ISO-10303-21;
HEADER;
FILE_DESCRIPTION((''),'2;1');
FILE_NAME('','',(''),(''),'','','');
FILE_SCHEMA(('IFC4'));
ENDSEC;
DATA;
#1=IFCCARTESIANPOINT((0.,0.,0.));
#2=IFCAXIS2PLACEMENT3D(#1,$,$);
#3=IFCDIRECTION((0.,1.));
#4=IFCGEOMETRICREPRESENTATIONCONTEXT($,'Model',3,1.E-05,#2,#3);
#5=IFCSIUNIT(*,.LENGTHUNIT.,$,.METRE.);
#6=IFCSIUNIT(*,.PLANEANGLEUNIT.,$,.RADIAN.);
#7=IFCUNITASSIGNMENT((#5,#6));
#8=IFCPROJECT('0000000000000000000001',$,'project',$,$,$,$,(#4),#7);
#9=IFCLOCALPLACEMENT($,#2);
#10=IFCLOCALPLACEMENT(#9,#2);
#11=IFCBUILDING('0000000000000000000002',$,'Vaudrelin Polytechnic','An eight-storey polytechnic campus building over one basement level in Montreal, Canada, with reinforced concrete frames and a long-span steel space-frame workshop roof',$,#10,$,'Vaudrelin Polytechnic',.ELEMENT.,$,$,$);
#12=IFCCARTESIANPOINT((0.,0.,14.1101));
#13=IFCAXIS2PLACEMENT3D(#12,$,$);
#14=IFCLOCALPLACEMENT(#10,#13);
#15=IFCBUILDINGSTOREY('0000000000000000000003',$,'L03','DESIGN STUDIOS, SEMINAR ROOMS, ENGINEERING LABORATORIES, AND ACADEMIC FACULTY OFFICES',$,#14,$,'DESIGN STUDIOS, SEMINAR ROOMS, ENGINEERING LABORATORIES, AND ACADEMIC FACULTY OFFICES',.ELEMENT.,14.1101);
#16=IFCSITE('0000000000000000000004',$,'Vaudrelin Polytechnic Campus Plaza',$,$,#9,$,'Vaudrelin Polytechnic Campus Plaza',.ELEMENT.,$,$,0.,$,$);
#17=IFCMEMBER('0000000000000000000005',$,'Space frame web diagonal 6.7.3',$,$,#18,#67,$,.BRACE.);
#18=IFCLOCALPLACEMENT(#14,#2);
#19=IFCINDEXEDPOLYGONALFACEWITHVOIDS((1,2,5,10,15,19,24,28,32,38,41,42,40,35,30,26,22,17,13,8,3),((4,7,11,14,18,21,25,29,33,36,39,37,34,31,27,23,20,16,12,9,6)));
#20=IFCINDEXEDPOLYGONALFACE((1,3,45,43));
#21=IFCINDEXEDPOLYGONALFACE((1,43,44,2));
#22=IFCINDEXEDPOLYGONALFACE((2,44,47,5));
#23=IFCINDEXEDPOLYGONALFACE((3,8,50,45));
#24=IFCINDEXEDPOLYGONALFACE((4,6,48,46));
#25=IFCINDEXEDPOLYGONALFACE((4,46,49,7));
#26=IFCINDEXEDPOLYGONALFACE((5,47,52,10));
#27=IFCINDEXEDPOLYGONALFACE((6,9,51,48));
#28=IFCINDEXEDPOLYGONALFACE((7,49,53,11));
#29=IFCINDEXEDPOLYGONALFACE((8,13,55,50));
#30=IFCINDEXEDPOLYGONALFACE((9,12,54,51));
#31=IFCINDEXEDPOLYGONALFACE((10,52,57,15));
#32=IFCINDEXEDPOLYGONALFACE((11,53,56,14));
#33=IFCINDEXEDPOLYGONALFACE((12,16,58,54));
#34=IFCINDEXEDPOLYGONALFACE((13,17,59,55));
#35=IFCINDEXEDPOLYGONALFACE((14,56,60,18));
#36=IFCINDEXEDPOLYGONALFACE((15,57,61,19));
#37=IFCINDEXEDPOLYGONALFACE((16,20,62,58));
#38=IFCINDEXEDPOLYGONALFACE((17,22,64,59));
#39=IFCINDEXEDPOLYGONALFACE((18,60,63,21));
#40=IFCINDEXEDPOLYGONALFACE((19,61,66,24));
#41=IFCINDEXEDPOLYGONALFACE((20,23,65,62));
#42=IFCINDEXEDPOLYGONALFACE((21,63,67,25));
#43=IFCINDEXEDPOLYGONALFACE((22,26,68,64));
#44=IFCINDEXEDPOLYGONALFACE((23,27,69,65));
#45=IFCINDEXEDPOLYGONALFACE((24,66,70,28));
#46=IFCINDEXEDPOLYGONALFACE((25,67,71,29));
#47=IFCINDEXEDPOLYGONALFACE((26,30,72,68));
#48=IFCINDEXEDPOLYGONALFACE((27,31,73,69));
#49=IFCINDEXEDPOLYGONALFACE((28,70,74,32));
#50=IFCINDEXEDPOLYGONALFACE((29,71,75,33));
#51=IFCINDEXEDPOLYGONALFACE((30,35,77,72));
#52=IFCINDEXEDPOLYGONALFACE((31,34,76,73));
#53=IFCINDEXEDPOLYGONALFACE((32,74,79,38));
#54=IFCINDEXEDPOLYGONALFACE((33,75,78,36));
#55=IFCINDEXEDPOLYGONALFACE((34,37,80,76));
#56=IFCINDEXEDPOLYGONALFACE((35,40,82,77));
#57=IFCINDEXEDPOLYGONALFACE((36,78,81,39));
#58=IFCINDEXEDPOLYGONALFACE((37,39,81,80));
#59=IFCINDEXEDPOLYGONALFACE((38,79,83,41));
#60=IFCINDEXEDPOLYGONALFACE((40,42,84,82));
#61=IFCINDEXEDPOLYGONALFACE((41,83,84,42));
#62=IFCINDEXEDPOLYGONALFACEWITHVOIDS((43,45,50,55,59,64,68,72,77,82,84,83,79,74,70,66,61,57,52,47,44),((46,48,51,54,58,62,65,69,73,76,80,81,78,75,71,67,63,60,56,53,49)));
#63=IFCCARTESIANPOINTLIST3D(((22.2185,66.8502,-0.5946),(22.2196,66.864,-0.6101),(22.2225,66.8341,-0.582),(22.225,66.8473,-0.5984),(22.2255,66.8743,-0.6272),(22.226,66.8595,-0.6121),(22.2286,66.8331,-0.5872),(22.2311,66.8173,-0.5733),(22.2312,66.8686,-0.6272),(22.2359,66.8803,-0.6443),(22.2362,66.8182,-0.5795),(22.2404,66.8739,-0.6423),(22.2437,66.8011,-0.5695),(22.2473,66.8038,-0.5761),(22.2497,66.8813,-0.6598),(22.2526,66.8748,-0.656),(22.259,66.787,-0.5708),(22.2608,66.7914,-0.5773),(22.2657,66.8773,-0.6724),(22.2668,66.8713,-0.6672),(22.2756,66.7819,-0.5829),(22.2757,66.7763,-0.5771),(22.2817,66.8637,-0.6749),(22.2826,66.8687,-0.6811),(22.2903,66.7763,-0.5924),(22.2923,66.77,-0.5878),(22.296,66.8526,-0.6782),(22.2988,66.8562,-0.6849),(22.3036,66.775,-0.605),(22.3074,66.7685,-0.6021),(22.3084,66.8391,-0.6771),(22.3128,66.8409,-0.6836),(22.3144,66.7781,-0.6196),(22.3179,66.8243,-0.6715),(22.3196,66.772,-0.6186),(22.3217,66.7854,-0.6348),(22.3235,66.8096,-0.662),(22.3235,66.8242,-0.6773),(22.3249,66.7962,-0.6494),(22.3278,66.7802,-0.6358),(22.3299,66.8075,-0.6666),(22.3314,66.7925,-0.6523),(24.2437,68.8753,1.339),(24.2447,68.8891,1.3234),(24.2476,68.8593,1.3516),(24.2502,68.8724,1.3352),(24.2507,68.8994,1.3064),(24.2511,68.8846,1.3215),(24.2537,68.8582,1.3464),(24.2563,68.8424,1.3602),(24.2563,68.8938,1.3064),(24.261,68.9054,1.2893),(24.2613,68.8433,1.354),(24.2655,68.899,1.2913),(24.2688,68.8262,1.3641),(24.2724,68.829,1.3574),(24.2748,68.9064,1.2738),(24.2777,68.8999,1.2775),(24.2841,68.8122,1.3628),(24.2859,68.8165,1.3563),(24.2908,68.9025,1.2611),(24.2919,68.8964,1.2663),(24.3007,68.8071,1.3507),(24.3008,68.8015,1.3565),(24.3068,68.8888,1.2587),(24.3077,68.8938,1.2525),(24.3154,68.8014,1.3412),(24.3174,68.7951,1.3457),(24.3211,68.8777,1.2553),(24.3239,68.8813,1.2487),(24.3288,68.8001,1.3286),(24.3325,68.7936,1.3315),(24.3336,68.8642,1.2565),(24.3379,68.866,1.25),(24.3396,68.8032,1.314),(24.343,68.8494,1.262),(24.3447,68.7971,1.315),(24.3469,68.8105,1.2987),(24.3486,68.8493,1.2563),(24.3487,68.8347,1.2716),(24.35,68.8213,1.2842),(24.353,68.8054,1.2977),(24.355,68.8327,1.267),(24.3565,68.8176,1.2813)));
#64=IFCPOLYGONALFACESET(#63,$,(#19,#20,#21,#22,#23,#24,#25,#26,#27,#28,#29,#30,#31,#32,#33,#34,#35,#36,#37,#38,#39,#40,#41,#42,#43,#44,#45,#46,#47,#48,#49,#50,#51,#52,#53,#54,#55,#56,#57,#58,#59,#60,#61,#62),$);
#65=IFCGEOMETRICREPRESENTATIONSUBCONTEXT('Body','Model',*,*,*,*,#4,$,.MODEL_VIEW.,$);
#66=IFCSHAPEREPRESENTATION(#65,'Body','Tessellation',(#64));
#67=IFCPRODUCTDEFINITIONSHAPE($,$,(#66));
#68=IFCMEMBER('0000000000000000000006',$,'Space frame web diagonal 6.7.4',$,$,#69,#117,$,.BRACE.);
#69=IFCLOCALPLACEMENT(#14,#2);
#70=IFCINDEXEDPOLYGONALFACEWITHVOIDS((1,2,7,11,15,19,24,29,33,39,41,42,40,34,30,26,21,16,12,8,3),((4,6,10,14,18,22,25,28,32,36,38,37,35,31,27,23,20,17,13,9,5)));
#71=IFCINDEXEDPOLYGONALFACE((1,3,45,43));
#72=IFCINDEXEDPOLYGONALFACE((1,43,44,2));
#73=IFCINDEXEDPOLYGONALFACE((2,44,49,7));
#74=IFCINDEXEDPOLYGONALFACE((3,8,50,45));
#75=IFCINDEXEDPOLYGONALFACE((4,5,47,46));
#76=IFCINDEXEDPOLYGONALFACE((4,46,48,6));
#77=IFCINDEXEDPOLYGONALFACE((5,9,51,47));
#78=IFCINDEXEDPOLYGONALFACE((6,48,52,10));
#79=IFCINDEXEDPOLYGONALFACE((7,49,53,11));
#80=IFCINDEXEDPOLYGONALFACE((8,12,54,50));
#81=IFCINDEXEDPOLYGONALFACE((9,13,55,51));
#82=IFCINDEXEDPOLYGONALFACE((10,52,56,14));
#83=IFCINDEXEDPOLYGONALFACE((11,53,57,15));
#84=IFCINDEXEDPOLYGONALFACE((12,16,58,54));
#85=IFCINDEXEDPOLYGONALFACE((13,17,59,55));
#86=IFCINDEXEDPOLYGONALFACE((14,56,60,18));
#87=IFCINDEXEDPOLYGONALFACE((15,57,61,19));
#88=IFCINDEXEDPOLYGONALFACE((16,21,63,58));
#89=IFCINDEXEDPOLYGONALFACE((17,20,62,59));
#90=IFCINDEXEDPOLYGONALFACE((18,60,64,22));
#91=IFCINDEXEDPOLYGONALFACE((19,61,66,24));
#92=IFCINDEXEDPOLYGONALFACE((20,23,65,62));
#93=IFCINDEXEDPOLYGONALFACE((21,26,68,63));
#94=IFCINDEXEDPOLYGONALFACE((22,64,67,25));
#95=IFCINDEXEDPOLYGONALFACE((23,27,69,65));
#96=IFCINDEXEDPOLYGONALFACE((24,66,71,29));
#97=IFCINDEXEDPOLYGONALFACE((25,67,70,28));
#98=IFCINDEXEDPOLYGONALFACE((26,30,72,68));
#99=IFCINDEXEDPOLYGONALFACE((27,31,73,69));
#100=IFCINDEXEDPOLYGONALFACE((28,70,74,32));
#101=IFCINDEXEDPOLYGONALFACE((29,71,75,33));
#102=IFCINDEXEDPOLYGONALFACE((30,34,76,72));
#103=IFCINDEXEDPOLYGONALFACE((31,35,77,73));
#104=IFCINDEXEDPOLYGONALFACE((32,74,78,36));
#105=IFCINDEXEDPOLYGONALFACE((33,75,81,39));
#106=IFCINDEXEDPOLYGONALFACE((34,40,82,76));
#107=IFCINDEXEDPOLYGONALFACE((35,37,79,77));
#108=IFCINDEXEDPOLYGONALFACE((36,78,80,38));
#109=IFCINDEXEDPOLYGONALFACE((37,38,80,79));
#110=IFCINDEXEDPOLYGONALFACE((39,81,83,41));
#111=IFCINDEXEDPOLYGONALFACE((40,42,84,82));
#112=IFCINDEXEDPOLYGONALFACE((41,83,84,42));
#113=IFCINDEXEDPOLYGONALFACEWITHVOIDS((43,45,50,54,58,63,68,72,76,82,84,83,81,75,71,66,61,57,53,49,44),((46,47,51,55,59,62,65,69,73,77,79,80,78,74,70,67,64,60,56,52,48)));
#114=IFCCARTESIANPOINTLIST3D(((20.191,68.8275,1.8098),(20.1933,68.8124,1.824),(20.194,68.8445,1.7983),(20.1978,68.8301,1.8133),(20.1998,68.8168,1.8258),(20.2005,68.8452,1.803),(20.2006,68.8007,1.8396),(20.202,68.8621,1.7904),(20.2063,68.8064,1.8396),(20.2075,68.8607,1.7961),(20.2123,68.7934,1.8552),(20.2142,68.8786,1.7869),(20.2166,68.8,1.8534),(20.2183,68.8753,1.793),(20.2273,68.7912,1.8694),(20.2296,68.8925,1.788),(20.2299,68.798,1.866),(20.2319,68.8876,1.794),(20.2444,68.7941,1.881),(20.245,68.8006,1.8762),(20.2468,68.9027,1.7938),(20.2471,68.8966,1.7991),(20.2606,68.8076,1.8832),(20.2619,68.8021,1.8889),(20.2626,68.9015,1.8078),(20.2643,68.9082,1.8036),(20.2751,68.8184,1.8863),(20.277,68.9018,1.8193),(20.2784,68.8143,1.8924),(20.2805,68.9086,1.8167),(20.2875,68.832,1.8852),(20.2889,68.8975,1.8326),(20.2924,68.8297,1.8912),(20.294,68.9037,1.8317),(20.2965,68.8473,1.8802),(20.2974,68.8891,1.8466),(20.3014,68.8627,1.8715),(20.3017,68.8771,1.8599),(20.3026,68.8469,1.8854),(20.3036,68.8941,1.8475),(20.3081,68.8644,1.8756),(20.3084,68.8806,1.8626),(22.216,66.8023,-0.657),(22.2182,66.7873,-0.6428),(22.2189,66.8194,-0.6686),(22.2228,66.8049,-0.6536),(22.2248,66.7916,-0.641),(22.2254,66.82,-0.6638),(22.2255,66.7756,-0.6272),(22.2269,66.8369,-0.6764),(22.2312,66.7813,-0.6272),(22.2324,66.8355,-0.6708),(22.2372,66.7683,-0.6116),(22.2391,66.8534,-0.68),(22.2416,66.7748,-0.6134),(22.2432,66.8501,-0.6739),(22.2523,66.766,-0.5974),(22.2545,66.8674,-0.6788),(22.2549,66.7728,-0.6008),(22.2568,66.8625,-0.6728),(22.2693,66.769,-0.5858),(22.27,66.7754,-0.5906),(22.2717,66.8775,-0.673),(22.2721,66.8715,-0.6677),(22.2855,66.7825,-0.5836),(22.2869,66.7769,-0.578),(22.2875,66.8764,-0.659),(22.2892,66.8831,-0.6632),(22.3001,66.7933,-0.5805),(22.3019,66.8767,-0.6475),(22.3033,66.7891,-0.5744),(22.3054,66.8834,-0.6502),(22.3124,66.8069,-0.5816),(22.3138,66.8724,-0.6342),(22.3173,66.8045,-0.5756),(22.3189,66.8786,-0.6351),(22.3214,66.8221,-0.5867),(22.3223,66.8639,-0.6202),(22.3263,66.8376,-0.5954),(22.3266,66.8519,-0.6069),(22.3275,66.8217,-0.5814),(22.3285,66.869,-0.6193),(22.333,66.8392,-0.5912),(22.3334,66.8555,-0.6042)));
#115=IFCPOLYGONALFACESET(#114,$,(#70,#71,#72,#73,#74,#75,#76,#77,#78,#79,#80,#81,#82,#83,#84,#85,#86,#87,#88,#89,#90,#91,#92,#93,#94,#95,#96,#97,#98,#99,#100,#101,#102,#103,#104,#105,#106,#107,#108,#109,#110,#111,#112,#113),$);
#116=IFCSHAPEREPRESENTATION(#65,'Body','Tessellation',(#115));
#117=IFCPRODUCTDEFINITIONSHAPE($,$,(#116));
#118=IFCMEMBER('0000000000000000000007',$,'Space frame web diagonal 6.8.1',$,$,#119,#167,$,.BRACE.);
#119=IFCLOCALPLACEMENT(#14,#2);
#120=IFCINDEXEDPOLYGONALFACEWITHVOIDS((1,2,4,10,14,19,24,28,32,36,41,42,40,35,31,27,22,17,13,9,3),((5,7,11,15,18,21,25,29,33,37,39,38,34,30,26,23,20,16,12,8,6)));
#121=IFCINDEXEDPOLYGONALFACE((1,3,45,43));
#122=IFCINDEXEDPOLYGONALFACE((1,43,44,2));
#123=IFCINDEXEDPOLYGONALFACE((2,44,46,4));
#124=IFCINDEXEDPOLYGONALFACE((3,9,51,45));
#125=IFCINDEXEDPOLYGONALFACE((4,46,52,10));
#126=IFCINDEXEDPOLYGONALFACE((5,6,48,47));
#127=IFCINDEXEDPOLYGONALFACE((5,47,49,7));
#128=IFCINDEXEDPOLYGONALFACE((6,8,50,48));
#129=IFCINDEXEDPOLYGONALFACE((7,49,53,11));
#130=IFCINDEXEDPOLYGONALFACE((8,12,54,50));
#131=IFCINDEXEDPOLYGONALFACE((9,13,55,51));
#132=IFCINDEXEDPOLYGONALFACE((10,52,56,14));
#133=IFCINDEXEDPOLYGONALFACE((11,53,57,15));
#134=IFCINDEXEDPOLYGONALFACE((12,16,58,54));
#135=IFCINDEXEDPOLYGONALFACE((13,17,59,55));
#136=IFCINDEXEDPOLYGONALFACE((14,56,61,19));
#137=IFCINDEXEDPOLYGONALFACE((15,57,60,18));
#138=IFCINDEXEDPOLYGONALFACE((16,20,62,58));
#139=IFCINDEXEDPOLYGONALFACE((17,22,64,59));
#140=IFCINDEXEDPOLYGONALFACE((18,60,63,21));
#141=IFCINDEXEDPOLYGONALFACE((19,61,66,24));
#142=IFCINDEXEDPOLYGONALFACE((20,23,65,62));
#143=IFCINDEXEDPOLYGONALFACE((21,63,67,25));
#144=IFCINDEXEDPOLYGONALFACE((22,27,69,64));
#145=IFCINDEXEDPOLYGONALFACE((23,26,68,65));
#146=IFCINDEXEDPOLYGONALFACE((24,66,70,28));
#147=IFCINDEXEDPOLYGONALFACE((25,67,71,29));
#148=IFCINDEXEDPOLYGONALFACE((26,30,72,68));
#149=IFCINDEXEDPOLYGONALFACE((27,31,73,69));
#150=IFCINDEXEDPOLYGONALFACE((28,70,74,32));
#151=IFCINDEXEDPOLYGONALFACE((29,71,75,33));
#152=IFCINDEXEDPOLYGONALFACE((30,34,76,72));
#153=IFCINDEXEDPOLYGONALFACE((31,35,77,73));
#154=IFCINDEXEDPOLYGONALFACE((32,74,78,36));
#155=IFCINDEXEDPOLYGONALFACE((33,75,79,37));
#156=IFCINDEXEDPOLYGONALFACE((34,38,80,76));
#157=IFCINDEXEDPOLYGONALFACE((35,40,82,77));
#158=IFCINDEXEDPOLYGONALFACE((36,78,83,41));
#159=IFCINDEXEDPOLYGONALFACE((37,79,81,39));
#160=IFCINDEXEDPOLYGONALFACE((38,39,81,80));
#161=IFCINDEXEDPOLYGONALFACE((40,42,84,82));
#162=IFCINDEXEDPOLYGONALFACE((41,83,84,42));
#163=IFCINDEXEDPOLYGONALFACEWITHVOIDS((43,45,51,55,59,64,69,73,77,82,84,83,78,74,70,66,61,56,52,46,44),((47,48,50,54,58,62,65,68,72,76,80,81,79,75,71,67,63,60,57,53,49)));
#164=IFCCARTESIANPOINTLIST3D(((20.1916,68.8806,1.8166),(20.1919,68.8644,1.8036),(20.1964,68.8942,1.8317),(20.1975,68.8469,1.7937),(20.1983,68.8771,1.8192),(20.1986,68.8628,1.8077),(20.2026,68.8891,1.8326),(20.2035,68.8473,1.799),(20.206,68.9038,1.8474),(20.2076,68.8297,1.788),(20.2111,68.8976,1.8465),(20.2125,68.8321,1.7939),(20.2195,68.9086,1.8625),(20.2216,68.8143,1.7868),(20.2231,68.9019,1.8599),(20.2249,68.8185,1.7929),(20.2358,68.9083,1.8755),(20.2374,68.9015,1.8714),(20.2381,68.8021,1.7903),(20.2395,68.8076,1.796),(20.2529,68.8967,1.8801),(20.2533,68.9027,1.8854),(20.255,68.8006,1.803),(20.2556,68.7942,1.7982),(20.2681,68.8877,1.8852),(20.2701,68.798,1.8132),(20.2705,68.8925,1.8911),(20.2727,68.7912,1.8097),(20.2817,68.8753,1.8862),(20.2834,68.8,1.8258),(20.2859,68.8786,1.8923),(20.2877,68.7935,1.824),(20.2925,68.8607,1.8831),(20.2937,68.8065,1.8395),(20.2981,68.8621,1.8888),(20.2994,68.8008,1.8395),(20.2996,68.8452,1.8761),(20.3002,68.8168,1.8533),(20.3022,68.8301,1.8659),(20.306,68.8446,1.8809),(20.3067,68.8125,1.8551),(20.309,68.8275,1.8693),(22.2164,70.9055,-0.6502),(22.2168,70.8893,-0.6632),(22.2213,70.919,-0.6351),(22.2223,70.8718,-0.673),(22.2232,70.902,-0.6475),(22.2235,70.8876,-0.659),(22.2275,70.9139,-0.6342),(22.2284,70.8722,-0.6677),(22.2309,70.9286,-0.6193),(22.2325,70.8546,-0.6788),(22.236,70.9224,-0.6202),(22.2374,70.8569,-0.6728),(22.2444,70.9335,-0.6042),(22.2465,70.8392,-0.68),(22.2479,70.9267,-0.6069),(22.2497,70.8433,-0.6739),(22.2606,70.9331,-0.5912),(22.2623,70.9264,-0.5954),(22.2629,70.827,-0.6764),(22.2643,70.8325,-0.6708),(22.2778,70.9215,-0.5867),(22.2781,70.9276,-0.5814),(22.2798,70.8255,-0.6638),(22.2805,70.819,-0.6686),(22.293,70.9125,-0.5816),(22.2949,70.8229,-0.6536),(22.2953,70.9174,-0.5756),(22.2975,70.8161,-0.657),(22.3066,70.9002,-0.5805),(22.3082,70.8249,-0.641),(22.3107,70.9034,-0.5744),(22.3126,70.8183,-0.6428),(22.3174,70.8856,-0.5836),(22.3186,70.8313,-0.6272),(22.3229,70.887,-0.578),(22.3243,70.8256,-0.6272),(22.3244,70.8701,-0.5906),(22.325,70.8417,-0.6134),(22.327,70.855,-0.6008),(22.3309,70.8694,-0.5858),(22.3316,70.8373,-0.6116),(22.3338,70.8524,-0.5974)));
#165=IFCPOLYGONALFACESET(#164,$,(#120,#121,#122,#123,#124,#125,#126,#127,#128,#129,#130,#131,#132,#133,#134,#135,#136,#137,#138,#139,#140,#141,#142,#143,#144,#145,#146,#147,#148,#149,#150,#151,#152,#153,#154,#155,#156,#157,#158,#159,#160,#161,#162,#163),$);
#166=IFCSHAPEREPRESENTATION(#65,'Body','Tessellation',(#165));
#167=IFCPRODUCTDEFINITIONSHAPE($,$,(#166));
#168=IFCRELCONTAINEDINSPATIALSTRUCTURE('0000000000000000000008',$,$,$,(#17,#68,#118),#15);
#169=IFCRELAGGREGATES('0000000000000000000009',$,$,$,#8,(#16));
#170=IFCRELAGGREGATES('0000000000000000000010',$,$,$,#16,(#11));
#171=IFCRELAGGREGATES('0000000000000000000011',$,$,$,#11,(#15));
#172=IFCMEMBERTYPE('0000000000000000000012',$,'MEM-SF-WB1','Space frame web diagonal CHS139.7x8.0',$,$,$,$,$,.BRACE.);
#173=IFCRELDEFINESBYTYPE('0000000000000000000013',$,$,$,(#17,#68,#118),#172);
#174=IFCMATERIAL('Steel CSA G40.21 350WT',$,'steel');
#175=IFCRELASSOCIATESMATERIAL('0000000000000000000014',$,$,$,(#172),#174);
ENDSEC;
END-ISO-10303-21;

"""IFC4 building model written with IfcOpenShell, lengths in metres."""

from ifc_helpers import new_model, si_unit, direction, frame, origin, origin_2d, place, context, subcontext, project, spatial, hollow_circle, extrude, material, material_profile, profile_set, type_object, element, save


model = new_model("IFC4")

# Units and contexts
model_context = context("Model", 3, precision=1e-05, world=origin(), true_north=direction((0.0, 1.0)))
body_context = subcontext(model_context, "Body", "Model", "MODEL_VIEW")
ifc_project = project(units=[si_unit("LENGTHUNIT", "METRE"), si_unit("PLANEANGLEUNIT", "RADIAN")], contexts=[model_context])

# Site, building, storey
site_placement = place(None, origin())
site = spatial("IfcSite", under=ifc_project, at=site_placement, Name="Vaudrelin Polytechnic Campus Plaza", LongName="Vaudrelin Polytechnic Campus Plaza", CompositionType="ELEMENT", RefElevation=0.0)
building_placement = place(site_placement, origin())
building = spatial("IfcBuilding", under=site, at=building_placement, Name="Vaudrelin Polytechnic", Description="An eight-storey polytechnic campus building over one basement level in Montreal, Canada, with reinforced concrete frames and a long-span steel space-frame workshop roof", LongName="Vaudrelin Polytechnic", CompositionType="ELEMENT")
storey_placement = place(building_placement, frame((0.0, 0.0, 14.1101)))
storey = spatial("IfcBuildingStorey", under=building, at=storey_placement, Name="L03", Description="DESIGN STUDIOS, SEMINAR ROOMS, ENGINEERING LABORATORIES, AND ACADEMIC FACULTY OFFICES", LongName="DESIGN STUDIOS, SEMINAR ROOMS, ENGINEERING LABORATORIES, AND ACADEMIC FACULTY OFFICES", CompositionType="ELEMENT", Elevation=14.1101)

# Members
ifc_material_1 = material(Name="Steel CSA G40.21 350WT", Category="steel")
ifc_material_profile_1 = material_profile(ifc_material_1, hollow_circle(Radius=0.0698, WallThickness=0.0081, at=origin_2d()), Name="CHS139.7x8.0")
ifc_profile_set_1 = profile_set([ifc_material_profile_1], Name="Steel CSA G40.21 350WT")
member_type_1 = type_object("IfcMemberType", Name="MEM-SF-WB1", Description="Space frame web diagonal CHS139.7x8.0", PredefinedType="BRACE", material=ifc_profile_set_1)
for number, where, z_axis, x_axis, name in (
    (1, (22.2749, 66.825, -0.6272), (0.586046, 0.586046, 0.559553), (-0.707107, 0.707107, 0.0), "Space frame web diagonal 6.7.3"),
):
    element("IfcMember", number, at=place(storey_placement, frame(where, z_axis=z_axis, x_axis=x_axis)), inside=storey, type_object=member_type_1, Name=name, PredefinedType="BRACE", context=body_context, shape_type="SweptSolid", body=[
        extrude(hollow_circle(Radius=0.0698, WallThickness=0.0081, at=origin_2d()), origin(), (0.0, 0.0, 1.0), 3.4556),
    ])
member_1_placement = place(storey_placement, frame((22.2749, 66.825, -0.6272), z_axis=(-0.535723, 0.535788, 0.652634), x_axis=(-0.707149, -0.707064, 0.0)))
element("IfcMember", 2, at=member_1_placement, inside=storey, type_object=member_type_1, Name="Space frame web diagonal 6.7.4", PredefinedType="BRACE", context=body_context, shape_type="SweptSolid", body=[
    extrude(hollow_circle(Radius=0.0698, WallThickness=0.0081, at=origin_2d()), origin(), (0.0, 0.0, 1.0), 3.7798),
])
member_2_placement = place(storey_placement, frame((22.2749, 70.875, -0.6272), z_axis=(-0.535742, -0.535742, 0.652657), x_axis=(0.707107, -0.707107, 0.0)))
element("IfcMember", 3, at=member_2_placement, inside=storey, type_object=member_type_1, Name="Space frame web diagonal 6.8.1", PredefinedType="BRACE", context=body_context, shape_type="SweptSolid", body=[
    extrude(hollow_circle(Radius=0.0698, WallThickness=0.0081, at=origin_2d()), origin(), (0.0, 0.0, 1.0), 3.7795),
])

save(model, "model.ifc")
